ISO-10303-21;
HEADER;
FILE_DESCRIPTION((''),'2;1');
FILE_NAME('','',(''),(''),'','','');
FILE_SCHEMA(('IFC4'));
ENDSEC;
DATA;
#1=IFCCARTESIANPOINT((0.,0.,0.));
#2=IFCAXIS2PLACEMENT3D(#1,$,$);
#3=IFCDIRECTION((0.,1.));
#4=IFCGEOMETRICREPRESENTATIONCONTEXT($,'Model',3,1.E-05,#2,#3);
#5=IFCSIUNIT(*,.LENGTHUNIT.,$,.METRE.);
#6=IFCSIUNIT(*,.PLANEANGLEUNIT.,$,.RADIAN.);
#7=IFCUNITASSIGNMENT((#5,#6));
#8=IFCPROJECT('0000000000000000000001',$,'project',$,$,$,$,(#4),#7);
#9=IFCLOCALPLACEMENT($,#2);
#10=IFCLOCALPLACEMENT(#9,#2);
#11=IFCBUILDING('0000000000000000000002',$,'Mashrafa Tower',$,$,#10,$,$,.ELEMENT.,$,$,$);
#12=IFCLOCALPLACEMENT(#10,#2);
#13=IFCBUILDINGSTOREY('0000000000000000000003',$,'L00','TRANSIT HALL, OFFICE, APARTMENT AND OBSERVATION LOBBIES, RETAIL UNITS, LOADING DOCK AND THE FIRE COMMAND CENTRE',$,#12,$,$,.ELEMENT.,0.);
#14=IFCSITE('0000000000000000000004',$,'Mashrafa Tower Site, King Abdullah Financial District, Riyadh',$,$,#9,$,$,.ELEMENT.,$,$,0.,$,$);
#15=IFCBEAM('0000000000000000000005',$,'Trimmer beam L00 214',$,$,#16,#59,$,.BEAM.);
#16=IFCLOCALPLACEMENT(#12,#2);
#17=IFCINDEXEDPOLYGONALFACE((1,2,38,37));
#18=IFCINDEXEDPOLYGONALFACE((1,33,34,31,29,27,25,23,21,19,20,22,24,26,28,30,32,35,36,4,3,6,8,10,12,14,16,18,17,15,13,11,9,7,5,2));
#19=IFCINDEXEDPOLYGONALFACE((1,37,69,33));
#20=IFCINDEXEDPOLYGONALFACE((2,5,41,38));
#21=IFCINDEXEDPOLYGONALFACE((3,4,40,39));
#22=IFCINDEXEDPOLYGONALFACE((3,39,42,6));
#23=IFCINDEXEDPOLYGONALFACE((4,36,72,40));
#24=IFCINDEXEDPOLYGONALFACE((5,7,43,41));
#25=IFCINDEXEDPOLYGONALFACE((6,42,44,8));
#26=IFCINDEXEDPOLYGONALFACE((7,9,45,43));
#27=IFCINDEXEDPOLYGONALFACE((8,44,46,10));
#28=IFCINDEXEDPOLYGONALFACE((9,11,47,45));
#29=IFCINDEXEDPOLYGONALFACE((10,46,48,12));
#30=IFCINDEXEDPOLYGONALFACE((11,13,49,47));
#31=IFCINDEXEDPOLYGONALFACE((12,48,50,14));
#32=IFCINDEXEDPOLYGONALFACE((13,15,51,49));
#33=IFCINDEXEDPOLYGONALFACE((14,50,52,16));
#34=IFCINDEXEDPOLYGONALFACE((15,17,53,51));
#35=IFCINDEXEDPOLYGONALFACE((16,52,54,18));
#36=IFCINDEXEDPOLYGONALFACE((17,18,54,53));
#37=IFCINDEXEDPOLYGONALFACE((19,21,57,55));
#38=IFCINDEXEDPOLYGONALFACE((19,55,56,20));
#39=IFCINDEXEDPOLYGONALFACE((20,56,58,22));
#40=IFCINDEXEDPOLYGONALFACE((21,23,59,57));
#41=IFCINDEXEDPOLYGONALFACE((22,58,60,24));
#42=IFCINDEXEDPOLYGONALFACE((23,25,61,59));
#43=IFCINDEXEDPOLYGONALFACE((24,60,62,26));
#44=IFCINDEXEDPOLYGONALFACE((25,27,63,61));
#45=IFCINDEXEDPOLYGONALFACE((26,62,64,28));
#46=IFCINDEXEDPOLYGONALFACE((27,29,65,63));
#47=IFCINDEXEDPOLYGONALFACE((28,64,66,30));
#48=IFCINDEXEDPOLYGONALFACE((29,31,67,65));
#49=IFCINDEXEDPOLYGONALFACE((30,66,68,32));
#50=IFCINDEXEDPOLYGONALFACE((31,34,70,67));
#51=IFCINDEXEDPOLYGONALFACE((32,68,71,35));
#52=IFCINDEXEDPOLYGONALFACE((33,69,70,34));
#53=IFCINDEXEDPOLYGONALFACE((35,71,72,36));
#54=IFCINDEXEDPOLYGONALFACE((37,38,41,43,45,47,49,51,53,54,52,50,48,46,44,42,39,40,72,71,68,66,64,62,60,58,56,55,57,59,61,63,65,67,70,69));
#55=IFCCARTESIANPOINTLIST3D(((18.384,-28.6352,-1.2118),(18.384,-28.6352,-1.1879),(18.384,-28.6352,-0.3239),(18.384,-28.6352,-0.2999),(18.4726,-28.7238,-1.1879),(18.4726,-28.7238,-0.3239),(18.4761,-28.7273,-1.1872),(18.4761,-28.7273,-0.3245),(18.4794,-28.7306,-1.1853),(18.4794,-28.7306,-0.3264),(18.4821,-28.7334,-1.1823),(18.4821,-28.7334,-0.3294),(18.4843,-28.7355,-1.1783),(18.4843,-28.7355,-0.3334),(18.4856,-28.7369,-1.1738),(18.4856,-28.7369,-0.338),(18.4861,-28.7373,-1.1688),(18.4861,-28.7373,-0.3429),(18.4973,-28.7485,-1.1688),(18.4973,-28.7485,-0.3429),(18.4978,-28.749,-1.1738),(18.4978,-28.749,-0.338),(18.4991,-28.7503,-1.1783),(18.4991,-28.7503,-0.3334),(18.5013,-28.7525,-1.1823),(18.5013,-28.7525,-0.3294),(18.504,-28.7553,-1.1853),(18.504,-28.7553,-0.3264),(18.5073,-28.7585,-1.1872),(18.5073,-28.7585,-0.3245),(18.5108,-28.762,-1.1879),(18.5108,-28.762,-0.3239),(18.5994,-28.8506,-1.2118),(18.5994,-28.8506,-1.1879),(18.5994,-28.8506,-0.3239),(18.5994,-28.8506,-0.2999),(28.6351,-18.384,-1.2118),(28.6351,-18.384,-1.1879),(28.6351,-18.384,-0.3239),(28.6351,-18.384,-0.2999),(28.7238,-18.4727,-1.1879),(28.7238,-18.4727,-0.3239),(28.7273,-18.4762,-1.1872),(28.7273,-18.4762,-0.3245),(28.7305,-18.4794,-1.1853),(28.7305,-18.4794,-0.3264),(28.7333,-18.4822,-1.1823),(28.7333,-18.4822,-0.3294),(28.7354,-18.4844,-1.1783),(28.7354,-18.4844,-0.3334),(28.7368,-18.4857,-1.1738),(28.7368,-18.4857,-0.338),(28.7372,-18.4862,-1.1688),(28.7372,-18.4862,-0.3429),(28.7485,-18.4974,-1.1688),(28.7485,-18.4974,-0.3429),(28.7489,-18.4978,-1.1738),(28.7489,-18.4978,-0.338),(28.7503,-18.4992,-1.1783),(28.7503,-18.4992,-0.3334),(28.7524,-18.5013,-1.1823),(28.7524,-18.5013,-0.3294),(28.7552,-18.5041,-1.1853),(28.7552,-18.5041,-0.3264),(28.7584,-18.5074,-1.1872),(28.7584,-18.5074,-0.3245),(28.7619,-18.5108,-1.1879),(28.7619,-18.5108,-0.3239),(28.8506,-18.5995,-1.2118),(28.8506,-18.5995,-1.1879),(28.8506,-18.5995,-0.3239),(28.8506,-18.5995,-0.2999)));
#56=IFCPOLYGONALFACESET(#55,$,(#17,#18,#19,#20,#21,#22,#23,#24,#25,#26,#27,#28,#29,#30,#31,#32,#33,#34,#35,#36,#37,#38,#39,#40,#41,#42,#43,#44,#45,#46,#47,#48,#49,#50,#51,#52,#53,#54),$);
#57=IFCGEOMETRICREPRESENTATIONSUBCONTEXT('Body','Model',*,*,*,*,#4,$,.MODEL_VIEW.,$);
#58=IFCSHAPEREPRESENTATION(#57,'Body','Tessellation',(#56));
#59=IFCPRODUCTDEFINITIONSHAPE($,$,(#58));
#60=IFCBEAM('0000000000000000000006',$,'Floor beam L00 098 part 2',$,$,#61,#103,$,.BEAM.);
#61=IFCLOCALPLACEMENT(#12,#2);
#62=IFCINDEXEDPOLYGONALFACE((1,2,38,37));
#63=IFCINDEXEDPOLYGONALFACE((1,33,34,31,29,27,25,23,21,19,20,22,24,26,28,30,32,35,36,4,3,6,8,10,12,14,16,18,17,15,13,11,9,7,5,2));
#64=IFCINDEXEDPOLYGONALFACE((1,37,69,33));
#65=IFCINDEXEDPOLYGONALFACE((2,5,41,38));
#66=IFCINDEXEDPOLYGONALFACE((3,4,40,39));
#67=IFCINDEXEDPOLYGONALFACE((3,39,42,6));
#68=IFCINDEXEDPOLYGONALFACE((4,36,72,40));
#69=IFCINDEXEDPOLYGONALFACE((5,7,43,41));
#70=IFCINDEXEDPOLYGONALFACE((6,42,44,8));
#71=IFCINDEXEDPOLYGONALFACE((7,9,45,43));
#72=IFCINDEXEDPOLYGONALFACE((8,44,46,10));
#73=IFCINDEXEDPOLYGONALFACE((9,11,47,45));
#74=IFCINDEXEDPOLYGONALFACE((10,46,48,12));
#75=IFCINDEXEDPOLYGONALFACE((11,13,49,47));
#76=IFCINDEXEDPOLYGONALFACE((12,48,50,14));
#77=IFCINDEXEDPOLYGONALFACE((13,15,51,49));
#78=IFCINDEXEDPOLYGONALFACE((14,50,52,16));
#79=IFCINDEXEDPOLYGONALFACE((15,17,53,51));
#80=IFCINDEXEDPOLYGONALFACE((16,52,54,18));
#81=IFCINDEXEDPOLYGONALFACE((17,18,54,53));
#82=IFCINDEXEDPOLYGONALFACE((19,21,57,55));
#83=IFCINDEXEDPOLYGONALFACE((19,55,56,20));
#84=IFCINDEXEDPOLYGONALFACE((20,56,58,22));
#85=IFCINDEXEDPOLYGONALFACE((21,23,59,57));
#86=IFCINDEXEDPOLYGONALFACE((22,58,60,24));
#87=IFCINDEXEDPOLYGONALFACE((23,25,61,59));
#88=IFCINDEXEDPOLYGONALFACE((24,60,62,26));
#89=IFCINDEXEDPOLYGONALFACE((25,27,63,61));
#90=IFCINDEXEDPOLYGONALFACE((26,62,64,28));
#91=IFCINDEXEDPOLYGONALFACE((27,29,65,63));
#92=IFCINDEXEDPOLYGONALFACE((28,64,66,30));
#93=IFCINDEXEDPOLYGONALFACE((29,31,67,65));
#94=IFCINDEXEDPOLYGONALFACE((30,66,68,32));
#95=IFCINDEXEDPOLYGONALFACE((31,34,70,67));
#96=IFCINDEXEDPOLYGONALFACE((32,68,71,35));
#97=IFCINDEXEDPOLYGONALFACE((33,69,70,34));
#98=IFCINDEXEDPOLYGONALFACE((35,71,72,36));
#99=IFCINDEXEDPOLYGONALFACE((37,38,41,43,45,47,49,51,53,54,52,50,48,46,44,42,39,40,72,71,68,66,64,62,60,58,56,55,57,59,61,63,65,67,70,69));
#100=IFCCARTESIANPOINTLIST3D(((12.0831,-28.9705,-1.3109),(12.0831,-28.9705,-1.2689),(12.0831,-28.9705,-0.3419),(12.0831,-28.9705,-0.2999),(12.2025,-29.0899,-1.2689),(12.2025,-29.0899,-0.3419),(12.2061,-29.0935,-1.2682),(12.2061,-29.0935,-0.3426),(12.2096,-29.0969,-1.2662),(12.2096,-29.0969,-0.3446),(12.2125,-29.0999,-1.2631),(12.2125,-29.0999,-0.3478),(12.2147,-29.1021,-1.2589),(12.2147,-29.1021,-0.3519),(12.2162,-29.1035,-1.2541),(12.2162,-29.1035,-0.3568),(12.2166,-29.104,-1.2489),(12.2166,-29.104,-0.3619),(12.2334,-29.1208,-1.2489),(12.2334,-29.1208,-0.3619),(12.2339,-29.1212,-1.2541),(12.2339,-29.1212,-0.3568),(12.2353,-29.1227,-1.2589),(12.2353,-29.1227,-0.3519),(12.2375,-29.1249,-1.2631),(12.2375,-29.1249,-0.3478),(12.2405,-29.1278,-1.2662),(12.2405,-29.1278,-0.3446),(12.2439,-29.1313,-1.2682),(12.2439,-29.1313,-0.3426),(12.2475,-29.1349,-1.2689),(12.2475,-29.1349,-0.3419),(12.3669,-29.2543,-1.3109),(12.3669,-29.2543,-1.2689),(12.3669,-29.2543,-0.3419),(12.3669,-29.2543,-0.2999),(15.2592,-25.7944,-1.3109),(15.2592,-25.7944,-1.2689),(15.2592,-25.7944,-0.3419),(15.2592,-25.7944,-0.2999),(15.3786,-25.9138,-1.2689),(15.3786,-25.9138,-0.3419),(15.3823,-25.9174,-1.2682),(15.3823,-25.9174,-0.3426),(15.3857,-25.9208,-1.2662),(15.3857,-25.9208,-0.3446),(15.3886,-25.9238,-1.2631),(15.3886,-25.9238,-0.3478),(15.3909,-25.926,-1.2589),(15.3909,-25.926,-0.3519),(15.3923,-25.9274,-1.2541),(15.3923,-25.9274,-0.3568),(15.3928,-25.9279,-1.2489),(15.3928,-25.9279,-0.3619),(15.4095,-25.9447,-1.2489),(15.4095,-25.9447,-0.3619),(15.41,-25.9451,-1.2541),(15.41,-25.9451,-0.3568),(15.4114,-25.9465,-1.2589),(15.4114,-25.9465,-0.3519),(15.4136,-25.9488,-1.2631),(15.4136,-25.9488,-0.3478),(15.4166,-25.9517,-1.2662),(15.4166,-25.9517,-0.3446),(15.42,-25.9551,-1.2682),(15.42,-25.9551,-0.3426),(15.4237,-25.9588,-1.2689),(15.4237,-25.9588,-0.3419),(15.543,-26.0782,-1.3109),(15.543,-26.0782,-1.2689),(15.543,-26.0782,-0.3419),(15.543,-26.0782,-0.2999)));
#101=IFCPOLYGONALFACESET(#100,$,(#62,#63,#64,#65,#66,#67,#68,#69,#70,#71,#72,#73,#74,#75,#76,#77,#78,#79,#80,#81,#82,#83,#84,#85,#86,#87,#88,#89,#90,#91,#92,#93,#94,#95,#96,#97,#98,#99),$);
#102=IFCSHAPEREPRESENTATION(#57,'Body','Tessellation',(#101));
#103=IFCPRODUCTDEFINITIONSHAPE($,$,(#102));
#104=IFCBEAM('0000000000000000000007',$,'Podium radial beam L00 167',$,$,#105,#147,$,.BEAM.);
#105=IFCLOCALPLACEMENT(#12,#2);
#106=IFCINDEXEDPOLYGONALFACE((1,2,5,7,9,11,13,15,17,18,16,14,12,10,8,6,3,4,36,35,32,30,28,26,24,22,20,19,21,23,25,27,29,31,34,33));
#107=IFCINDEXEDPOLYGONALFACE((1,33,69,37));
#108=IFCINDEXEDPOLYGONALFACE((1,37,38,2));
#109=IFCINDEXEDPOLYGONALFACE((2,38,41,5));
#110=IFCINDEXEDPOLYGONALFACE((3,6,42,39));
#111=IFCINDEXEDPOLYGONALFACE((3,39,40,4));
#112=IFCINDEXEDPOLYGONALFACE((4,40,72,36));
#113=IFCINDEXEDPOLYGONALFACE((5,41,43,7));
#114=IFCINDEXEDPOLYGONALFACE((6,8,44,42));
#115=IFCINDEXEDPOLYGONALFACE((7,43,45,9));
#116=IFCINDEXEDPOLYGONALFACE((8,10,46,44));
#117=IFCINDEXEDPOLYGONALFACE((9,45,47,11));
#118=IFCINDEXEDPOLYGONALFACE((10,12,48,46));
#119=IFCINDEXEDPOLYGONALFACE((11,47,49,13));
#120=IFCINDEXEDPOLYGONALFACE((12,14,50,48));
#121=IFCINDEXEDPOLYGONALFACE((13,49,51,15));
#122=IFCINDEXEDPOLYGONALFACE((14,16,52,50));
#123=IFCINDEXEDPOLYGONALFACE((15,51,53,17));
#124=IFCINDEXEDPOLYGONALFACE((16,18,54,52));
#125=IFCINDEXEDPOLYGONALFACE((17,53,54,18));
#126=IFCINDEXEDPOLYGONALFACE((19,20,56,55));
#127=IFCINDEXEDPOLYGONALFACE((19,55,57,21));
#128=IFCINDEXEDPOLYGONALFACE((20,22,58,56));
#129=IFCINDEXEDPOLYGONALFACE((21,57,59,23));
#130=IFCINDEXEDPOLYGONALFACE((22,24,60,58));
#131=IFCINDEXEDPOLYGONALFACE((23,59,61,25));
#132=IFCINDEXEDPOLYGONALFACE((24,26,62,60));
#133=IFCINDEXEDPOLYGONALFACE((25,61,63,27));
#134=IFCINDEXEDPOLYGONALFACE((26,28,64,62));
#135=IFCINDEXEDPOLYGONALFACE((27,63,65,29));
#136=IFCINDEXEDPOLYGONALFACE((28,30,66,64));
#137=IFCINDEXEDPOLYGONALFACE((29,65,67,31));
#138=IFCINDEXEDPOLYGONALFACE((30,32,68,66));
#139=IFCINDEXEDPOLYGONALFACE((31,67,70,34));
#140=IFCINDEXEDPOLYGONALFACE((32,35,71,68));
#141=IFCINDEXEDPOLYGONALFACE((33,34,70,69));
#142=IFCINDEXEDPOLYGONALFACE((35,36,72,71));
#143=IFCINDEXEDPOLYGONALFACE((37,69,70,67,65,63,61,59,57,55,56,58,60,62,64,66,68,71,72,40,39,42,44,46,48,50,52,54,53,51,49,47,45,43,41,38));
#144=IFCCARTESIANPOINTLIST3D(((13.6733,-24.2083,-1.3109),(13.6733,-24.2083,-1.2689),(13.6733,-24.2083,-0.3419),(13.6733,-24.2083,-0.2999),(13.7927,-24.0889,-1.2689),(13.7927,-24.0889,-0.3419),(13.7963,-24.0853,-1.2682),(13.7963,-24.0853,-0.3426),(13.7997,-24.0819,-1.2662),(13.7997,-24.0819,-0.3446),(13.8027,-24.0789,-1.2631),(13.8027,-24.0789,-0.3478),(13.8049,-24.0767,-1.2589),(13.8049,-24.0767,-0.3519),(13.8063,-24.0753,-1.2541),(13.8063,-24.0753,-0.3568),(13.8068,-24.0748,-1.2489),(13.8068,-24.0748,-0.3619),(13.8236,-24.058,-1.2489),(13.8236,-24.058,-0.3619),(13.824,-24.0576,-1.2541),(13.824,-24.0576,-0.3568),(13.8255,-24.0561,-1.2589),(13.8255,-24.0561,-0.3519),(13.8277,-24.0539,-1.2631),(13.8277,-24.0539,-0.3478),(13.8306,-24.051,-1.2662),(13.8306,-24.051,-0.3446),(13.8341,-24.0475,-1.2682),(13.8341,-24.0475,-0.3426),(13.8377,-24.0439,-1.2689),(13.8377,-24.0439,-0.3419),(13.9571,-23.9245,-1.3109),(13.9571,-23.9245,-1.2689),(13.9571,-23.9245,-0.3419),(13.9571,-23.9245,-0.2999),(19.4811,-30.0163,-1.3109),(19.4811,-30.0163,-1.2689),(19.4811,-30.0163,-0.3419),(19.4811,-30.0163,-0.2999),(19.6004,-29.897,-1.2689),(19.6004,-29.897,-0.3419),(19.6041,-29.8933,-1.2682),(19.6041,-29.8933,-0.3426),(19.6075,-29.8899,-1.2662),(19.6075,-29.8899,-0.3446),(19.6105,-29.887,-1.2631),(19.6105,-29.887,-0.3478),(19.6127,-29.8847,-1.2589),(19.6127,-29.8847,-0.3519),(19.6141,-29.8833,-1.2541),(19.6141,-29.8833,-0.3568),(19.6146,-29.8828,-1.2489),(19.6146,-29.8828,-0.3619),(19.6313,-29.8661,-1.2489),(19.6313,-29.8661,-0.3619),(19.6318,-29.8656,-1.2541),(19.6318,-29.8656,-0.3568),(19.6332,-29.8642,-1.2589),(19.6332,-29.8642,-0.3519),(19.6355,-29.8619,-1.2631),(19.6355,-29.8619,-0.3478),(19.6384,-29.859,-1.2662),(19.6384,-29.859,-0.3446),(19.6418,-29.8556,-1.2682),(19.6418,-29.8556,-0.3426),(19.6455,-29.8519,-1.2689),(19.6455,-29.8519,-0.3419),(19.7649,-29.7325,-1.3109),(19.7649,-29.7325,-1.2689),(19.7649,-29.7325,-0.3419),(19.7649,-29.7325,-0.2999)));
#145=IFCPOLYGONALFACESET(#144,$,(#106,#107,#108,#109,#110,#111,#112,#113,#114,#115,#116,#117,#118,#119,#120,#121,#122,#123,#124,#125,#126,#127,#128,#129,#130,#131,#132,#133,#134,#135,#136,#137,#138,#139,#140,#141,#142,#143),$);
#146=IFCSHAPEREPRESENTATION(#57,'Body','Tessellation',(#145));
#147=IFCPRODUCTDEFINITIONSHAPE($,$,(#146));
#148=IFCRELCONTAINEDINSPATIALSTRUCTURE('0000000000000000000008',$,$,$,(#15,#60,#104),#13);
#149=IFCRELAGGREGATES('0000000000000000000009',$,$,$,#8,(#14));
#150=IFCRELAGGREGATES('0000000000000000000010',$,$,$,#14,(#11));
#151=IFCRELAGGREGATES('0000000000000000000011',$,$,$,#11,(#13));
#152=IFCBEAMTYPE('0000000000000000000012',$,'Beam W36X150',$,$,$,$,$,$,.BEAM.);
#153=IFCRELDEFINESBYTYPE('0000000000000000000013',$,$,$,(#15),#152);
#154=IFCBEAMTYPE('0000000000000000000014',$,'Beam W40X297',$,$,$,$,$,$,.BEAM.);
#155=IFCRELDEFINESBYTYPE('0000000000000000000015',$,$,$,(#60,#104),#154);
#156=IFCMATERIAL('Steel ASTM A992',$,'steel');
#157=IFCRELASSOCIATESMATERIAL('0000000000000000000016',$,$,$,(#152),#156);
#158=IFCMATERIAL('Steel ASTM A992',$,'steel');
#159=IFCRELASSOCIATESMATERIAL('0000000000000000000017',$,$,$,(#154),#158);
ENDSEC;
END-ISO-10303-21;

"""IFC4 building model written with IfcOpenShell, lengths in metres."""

from ifc_helpers import new_model, si_unit, direction, frame, origin, origin_2d, place, context, subcontext, project, spatial, i_section, extrude, material, material_profile, profile_set, type_object, element, save


model = new_model("IFC4")

# Units and contexts
model_context = context("Model", 3, precision=1e-05, world=origin(), true_north=direction((0.0, 1.0)))
body_context = subcontext(model_context, "Body", "Model", "MODEL_VIEW")
ifc_project = project(units=[si_unit("LENGTHUNIT", "METRE"), si_unit("PLANEANGLEUNIT", "RADIAN")], contexts=[model_context])

# Site, building, storey
site_placement = place(None, origin())
site = spatial("IfcSite", under=ifc_project, at=site_placement, Name="Mashrafa Tower Site, King Abdullah Financial District, Riyadh", CompositionType="ELEMENT", RefElevation=0.0)
building_placement = place(site_placement, origin())
building = spatial("IfcBuilding", under=site, at=building_placement, Name="Mashrafa Tower", CompositionType="ELEMENT")
storey_placement = place(building_placement, origin())
storey = spatial("IfcBuildingStorey", under=building, at=storey_placement, Name="L00", Description="TRANSIT HALL, OFFICE, APARTMENT AND OBSERVATION LOBBIES, RETAIL UNITS, LOADING DOCK AND THE FIRE COMMAND CENTRE", CompositionType="ELEMENT", Elevation=0.0)

# Beams
ifc_material_1 = material(Name="Steel ASTM A992", Category="steel")
ifc_material_profile_1 = material_profile(ifc_material_1, i_section(OverallWidth=0.3047, OverallDepth=0.9119, WebThickness=0.0159, FlangeThickness=0.0239, FilletRadius=0.019, at=origin_2d()), Name="W36X150")
ifc_profile_set_1 = profile_set([ifc_material_profile_1], Name="Steel ASTM A992")
beam_type_1 = type_object("IfcBeamType", Name="Beam W36X150", PredefinedType="BEAM", material=ifc_profile_set_1)
for number, where, z_axis, x_axis, name in (
    (1, (18.4917, -28.7429, -0.7559), (0.707107, 0.707107, 0.0), (-0.707107, 0.707107, 0.0), "Trimmer beam L00 214"),
):
    element("IfcBeam", number, at=place(storey_placement, frame(where, z_axis=z_axis, x_axis=x_axis)), inside=storey, type_object=beam_type_1, Name=name, PredefinedType="BEAM", context=body_context, shape_type="SweptSolid", body=[
        extrude(i_section(OverallWidth=0.3047, OverallDepth=0.9119, WebThickness=0.0159, FlangeThickness=0.0239, FilletRadius=0.019, at=origin_2d()), origin(), (0.0, 0.0, 1.0), 14.4973),
    ])
ifc_material_2 = material(Name="Steel ASTM A992", Category="steel")
ifc_material_profile_2 = material_profile(ifc_material_2, i_section(OverallWidth=0.4014, OverallDepth=1.011, WebThickness=0.0237, FlangeThickness=0.042, FilletRadius=0.02, at=origin_2d()), Name="W40X297")
ifc_profile_set_2 = profile_set([ifc_material_profile_2], Name="Steel ASTM A992")
beam_type_2 = type_object("IfcBeamType", Name="Beam W40X297", PredefinedType="BEAM", material=ifc_profile_set_2)
beam_1_placement = place(storey_placement, frame((15.4011, -25.9363, -0.8054), z_axis=(-0.707107, -0.707107, 0.0), x_axis=(0.707107, -0.707107, 0.0)))
element("IfcBeam", 2, at=beam_1_placement, inside=storey, type_object=beam_type_2, Name="Floor beam L00 098 part 2", PredefinedType="BEAM", context=body_context, shape_type="SweptSolid", body=[
    extrude(i_section(OverallWidth=0.4014, OverallDepth=1.011, WebThickness=0.0237, FlangeThickness=0.042, FilletRadius=0.02, at=origin_2d()), origin(), (0.0, 0.0, 1.0), 4.4917),
])
beam_2_placement = place(storey_placement, frame((13.8152, -24.0664, -0.8054), z_axis=(0.707092, -0.707122, 0.0), x_axis=(0.707122, 0.707092, 0.0)))
element("IfcBeam", 3, at=beam_2_placement, inside=storey, type_object=beam_type_2, Name="Podium radial beam L00 167", PredefinedType="BEAM", context=body_context, shape_type="SweptSolid", body=[
    extrude(i_section(OverallWidth=0.4014, OverallDepth=1.011, WebThickness=0.0237, FlangeThickness=0.042, FilletRadius=0.02, at=origin_2d()), origin(), (0.0, 0.0, 1.0), 8.2136),
])

save(model, "model.ifc")
